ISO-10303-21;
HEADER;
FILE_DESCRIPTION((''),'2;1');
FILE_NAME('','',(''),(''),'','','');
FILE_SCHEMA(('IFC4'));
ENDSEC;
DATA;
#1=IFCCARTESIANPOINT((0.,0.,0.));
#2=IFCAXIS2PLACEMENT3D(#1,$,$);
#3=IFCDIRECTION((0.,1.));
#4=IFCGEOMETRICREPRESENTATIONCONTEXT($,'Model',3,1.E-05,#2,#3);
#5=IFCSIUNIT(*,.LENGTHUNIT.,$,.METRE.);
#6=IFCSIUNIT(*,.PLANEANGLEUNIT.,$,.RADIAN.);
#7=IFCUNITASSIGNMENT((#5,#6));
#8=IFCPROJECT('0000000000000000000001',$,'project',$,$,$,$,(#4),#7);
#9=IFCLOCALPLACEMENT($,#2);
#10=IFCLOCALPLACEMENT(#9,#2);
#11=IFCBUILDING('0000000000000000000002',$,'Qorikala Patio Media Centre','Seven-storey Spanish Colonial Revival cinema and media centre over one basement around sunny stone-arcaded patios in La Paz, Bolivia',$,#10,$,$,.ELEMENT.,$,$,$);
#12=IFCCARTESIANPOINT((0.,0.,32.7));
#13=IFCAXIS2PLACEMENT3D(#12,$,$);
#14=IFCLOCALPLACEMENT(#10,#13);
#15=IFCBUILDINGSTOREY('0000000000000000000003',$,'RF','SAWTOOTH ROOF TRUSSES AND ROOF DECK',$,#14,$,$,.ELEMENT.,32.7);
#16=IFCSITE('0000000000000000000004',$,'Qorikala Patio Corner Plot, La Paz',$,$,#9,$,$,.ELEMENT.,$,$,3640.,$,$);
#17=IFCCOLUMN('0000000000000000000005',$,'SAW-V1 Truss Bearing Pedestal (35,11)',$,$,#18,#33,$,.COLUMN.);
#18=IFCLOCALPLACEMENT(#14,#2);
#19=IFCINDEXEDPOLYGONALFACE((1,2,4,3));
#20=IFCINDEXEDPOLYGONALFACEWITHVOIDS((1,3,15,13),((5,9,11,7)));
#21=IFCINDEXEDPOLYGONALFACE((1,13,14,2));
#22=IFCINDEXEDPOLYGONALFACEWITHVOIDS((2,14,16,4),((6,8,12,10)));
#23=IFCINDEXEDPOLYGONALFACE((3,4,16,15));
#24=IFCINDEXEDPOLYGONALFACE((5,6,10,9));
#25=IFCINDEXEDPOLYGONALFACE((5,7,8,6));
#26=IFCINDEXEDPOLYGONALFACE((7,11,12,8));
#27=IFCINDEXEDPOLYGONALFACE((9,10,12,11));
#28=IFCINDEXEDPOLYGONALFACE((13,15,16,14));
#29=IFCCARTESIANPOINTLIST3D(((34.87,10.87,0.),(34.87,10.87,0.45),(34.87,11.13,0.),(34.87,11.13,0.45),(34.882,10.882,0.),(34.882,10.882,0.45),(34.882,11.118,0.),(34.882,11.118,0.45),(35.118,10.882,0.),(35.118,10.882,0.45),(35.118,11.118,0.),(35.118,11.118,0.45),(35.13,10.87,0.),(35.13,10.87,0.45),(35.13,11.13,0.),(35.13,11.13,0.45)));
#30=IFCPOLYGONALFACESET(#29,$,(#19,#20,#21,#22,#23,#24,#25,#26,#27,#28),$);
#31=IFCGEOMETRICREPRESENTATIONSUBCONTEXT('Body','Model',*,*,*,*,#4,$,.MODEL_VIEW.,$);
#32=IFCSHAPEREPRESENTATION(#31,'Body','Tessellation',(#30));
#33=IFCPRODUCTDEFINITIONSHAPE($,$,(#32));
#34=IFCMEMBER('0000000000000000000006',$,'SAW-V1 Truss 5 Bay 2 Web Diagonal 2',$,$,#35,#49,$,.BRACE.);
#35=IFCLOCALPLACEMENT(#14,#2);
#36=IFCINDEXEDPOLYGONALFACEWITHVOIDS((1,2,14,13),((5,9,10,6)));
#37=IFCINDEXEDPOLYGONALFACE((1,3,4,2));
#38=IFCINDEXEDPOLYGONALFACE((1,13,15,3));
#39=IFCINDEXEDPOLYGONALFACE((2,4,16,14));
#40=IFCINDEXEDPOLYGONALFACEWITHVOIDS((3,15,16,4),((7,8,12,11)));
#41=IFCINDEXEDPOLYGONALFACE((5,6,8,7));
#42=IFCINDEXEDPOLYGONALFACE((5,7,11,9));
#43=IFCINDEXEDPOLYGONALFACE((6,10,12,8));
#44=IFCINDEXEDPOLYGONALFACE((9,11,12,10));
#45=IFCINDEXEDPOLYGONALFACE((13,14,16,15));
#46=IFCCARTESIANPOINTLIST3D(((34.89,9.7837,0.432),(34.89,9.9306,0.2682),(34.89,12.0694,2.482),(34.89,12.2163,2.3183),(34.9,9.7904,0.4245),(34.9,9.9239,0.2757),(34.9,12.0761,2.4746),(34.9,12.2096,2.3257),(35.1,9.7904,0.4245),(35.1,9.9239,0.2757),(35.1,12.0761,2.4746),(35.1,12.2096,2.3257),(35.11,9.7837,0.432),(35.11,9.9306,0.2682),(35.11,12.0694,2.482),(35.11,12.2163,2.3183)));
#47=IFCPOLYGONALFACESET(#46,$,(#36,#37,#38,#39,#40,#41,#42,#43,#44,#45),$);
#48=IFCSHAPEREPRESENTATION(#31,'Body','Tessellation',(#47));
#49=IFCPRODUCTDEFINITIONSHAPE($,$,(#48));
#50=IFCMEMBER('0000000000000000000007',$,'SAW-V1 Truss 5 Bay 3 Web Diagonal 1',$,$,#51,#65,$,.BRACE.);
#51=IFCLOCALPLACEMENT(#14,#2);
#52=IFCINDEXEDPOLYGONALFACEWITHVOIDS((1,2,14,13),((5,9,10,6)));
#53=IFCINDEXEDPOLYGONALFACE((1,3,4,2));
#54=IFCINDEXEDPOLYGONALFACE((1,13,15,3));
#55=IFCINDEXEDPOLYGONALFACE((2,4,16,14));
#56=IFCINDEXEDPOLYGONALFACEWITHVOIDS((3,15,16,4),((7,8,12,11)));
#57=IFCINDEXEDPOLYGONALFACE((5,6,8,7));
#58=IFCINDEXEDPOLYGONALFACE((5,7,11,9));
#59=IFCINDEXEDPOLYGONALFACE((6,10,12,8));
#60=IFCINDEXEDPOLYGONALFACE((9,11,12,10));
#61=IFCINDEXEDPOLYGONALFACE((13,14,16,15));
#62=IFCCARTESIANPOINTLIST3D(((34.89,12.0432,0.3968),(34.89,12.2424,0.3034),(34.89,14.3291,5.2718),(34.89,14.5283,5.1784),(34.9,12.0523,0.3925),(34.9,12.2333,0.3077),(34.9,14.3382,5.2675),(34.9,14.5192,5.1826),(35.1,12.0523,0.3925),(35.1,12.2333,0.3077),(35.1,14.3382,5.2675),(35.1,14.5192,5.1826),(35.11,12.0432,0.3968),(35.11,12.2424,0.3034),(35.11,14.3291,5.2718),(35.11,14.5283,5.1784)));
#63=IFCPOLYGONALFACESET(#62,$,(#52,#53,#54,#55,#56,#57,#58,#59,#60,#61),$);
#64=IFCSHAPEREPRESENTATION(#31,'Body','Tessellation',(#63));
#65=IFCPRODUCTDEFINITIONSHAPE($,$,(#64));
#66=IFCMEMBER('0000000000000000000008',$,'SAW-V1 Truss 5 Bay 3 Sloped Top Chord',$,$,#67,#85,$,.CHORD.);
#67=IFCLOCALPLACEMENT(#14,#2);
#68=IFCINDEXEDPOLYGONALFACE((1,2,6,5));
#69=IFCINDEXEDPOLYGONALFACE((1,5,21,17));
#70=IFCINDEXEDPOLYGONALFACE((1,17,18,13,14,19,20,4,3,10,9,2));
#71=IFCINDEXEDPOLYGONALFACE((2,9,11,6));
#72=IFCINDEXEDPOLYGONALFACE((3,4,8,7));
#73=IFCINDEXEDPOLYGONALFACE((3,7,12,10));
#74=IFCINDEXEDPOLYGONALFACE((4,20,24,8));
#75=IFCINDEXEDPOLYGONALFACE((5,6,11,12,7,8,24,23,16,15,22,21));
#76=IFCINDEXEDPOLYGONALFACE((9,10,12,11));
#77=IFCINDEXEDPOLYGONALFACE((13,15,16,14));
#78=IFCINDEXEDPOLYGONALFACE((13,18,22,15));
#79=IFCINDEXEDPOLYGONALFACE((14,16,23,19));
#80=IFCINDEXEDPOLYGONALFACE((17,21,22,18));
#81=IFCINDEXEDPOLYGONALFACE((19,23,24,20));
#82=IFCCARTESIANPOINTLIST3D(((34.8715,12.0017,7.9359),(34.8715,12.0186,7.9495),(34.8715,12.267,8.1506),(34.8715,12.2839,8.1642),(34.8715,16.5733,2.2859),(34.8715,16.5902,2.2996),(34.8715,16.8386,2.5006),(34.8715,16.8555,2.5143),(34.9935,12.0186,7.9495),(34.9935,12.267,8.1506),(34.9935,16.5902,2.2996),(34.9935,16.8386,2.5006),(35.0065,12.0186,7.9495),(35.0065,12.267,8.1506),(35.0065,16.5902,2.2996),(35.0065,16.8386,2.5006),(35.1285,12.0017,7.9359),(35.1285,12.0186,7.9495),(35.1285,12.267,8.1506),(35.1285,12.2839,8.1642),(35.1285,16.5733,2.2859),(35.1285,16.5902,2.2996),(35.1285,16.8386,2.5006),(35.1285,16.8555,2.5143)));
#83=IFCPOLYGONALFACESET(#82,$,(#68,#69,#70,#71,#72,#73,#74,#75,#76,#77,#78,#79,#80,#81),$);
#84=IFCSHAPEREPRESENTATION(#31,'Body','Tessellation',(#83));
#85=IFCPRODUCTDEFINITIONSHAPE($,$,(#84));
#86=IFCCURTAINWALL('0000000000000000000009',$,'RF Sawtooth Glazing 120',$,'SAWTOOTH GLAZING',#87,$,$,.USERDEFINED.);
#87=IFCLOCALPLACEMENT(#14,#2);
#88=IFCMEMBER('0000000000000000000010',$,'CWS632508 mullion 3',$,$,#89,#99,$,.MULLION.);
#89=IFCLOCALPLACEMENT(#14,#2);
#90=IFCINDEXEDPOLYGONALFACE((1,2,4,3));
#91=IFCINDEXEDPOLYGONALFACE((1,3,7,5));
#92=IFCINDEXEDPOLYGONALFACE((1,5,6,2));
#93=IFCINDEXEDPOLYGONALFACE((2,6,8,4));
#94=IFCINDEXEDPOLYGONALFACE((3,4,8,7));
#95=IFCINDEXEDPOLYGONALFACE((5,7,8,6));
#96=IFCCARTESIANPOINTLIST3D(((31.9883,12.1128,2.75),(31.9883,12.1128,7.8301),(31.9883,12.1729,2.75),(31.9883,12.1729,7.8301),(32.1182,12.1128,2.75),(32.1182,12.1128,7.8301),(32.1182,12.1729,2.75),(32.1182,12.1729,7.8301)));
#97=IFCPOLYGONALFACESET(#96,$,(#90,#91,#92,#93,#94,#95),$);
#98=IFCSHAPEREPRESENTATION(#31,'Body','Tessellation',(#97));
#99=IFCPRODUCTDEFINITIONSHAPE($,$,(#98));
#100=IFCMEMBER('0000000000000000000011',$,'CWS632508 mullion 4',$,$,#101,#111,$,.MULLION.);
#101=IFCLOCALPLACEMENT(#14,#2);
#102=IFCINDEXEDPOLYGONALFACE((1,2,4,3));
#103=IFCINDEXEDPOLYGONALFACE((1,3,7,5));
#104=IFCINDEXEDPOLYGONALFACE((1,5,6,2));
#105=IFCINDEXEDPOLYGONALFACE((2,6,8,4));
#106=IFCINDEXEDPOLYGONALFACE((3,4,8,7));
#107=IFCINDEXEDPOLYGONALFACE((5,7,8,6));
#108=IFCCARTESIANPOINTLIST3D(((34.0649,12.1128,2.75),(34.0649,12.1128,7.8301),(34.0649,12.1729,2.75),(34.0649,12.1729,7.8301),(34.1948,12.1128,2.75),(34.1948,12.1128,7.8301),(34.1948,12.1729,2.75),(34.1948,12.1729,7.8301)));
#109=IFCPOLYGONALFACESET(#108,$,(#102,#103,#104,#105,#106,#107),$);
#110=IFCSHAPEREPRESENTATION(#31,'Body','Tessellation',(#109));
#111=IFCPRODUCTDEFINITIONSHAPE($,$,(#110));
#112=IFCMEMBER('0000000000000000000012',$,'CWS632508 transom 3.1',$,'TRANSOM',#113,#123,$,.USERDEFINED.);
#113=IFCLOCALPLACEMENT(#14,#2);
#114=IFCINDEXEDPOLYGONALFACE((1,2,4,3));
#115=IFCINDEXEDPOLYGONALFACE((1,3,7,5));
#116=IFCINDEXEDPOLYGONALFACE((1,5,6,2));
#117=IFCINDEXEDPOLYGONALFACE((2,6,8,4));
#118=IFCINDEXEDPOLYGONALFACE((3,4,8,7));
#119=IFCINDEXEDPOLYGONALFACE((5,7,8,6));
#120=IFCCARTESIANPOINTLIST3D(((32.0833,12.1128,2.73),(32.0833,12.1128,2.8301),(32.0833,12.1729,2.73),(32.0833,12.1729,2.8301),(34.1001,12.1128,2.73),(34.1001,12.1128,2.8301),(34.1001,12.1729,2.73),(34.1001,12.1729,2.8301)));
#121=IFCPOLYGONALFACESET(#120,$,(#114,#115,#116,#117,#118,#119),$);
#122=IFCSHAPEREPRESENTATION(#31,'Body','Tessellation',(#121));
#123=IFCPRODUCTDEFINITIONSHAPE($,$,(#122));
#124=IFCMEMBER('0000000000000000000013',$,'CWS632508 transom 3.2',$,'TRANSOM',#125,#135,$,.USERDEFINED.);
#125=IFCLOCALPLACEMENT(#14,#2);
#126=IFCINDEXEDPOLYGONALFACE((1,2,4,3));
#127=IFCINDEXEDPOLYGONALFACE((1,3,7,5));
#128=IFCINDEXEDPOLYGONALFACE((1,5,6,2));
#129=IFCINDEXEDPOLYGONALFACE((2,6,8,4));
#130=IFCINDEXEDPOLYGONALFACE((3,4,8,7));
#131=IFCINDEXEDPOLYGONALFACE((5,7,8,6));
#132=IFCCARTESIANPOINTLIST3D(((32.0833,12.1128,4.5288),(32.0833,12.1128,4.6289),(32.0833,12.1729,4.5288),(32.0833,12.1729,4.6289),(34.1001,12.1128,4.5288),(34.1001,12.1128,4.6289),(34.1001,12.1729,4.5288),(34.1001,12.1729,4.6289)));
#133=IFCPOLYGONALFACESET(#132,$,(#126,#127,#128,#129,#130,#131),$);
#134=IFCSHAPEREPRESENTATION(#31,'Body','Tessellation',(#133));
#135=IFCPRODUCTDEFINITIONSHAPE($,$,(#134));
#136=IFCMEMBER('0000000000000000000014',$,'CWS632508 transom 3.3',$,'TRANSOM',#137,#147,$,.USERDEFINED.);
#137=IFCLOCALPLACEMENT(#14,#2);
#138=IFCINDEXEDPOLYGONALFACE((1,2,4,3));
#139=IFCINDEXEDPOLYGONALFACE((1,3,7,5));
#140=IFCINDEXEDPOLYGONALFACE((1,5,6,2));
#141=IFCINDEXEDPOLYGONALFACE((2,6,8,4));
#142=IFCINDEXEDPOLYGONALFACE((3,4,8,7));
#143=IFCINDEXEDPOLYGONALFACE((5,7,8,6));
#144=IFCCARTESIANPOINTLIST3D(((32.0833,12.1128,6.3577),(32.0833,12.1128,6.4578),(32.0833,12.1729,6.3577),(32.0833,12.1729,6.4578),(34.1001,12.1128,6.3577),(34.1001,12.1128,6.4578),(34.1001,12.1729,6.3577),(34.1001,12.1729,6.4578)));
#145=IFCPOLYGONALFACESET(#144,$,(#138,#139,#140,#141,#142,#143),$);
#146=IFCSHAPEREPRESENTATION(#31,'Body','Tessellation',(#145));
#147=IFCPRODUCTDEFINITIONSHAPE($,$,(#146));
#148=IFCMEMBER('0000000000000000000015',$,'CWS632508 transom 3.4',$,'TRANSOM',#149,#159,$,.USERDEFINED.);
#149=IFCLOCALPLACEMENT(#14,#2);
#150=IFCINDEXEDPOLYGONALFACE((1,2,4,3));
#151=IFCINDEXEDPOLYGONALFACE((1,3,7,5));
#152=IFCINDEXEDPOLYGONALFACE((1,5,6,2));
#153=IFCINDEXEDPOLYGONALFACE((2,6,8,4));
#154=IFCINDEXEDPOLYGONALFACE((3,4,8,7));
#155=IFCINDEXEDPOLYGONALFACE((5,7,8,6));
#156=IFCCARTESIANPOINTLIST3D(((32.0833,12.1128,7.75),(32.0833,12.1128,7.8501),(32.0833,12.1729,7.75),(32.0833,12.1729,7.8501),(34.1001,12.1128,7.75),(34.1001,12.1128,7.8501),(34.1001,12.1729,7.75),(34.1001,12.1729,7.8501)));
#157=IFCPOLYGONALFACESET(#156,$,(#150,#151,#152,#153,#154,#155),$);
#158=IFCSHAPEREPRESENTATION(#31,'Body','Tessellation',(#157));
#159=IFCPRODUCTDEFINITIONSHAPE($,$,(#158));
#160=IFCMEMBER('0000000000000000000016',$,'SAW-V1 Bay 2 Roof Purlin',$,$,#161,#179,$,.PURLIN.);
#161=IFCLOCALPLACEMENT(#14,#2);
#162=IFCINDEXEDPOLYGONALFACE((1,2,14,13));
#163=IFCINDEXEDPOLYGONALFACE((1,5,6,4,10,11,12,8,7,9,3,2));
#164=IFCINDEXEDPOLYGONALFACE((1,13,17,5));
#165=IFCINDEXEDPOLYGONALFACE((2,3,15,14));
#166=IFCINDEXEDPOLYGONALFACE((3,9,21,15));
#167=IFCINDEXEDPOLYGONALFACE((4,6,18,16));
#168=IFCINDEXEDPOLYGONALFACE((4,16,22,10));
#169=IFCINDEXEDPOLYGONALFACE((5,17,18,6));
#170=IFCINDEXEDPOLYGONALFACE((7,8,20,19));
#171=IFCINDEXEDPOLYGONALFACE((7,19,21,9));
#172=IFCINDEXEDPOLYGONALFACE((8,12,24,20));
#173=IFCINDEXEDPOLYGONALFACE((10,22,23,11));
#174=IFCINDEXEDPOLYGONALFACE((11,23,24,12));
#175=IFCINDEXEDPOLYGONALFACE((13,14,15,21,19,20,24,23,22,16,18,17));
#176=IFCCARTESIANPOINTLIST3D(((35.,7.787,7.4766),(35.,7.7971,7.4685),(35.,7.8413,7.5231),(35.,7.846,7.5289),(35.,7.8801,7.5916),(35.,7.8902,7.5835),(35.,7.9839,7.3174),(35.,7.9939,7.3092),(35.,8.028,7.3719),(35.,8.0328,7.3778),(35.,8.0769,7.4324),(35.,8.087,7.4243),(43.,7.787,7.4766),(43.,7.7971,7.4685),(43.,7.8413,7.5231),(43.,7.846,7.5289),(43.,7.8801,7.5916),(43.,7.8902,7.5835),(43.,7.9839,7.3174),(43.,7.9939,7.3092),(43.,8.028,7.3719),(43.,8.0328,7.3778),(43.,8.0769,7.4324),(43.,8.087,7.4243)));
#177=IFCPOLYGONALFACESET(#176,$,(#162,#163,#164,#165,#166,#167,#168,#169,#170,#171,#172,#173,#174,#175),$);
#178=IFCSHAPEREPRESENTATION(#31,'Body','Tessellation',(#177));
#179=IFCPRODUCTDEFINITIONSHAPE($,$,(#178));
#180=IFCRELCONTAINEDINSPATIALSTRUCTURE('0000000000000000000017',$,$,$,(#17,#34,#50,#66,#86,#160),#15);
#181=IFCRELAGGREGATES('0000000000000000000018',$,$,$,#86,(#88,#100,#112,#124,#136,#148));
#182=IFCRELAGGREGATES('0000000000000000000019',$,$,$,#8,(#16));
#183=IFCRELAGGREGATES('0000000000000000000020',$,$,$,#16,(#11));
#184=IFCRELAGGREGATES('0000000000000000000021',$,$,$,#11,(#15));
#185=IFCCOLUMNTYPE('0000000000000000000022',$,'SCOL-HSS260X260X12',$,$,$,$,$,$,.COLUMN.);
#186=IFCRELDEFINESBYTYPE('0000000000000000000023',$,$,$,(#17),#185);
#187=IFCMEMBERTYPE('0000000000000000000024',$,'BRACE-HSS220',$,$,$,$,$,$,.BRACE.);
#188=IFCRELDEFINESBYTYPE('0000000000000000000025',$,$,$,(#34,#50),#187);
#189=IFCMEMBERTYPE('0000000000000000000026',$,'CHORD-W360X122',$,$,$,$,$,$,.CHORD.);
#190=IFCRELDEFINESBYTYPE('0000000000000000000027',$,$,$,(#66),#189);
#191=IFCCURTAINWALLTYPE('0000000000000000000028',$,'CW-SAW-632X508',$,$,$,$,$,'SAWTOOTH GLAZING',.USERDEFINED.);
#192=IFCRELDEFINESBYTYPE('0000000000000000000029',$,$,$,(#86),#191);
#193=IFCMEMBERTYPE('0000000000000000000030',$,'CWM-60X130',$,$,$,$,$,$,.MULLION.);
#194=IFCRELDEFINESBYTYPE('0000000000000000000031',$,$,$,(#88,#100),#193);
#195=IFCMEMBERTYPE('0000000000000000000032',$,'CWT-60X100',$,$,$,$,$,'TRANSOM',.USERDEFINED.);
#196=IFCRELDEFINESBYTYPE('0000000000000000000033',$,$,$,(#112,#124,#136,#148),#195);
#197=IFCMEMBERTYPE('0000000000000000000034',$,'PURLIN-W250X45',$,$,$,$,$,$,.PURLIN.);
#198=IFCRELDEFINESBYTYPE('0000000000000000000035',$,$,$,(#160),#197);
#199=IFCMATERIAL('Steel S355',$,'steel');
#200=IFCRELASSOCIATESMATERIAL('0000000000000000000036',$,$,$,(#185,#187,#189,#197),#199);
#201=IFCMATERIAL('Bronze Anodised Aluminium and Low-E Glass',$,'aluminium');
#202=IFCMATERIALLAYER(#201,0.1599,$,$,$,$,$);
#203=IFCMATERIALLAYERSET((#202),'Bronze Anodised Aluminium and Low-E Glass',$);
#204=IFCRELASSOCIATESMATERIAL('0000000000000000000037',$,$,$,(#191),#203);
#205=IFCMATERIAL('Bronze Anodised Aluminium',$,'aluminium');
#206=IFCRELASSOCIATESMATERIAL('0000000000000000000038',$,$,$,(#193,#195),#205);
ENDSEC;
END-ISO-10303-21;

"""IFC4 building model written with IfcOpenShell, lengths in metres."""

from ifc_helpers import new_model, si_unit, direction, frame, origin, origin_2d, place, context, subcontext, project, spatial, rectangle, hollow_rectangle, i_section, extrude, material, layer, layer_set, material_profile, profile_set, type_object, element, aggregate, save


model = new_model("IFC4")

# Units and contexts
model_context = context("Model", 3, precision=1e-05, world=origin(), true_north=direction((0.0, 1.0)))
body_context = subcontext(model_context, "Body", "Model", "MODEL_VIEW")
ifc_project = project(units=[si_unit("LENGTHUNIT", "METRE"), si_unit("PLANEANGLEUNIT", "RADIAN")], contexts=[model_context])

# Site, building, storey
site_placement = place(None, origin())
site = spatial("IfcSite", under=ifc_project, at=site_placement, Name="Qorikala Patio Corner Plot, La Paz", CompositionType="ELEMENT", RefElevation=3640.0)
building_placement = place(site_placement, origin())
building = spatial("IfcBuilding", under=site, at=building_placement, Name="Qorikala Patio Media Centre", Description="Seven-storey Spanish Colonial Revival cinema and media centre over one basement around sunny stone-arcaded patios in La Paz, Bolivia", CompositionType="ELEMENT")
storey_placement = place(building_placement, frame((0.0, 0.0, 32.7)))
storey = spatial("IfcBuildingStorey", under=building, at=storey_placement, Name="RF", Description="SAWTOOTH ROOF TRUSSES AND ROOF DECK", CompositionType="ELEMENT", Elevation=32.7)

# Column
ifc_material_1 = material(Name="Steel S355", Category="steel")
ifc_material_profile_1 = material_profile(ifc_material_1, hollow_rectangle(XDim=0.26, YDim=0.26, WallThickness=0.012, at=origin_2d()), Name="HSS260X260X12")
ifc_profile_set_1 = profile_set([ifc_material_profile_1], Name="Steel S355")
column_type = type_object("IfcColumnType", Name="SCOL-HSS260X260X12", PredefinedType="COLUMN", material=ifc_profile_set_1)
column_placement = place(storey_placement, frame((35.0, 11.0, 0.0), z_axis=(0.0, 0.0, 1.0), x_axis=(1.0, 0.0, 0.0)))
element("IfcColumn", 1, at=column_placement, inside=storey, type_object=column_type, Name="SAW-V1 Truss Bearing Pedestal (35,11)", PredefinedType="COLUMN", context=body_context, shape_type="SweptSolid", body=[
    extrude(hollow_rectangle(XDim=0.26, YDim=0.26, WallThickness=0.012, at=origin_2d()), origin(), (0.0, 0.0, 1.0), 0.45),
])

# Members
ifc_material_profile_2 = material_profile(ifc_material_1, hollow_rectangle(XDim=0.22, YDim=0.22, WallThickness=0.01, at=origin_2d()), Name="HSS220X220X10")
ifc_profile_set_2 = profile_set([ifc_material_profile_2], Name="Steel S355")
member_type_1 = type_object("IfcMemberType", Name="BRACE-HSS220", PredefinedType="BRACE", material=ifc_profile_set_2)
member_1_placement = place(storey_placement, frame((35.0, 9.8572, 0.3501), z_axis=(0.0, 0.744432, 0.667699), x_axis=(-1.0, 0.0, 0.0)))
element("IfcMember", 2, at=member_1_placement, inside=storey, type_object=member_type_1, Name="SAW-V1 Truss 5 Bay 2 Web Diagonal 2", PredefinedType="BRACE", context=body_context, shape_type="SweptSolid", body=[
    extrude(hollow_rectangle(XDim=0.22, YDim=0.22, WallThickness=0.01, at=origin_2d()), origin(), (0.0, 0.0, 1.0), 3.0703),
])
member_2_placement = place(storey_placement, frame((35.0, 12.1428, 0.3501), z_axis=(0.0, 0.424545, 0.905407), x_axis=(-1.0, 0.0, 0.0)))
element("IfcMember", 3, at=member_2_placement, inside=storey, type_object=member_type_1, Name="SAW-V1 Truss 5 Bay 3 Web Diagonal 1", PredefinedType="BRACE", context=body_context, shape_type="SweptSolid", body=[
    extrude(hollow_rectangle(XDim=0.22, YDim=0.22, WallThickness=0.01, at=origin_2d()), origin(), (0.0, 0.0, 1.0), 5.3843),
])
ifc_material_profile_3 = material_profile(ifc_material_1, i_section(OverallWidth=0.2571, OverallDepth=0.363, WebThickness=0.0129, FlangeThickness=0.0217, at=origin_2d()), Name="W360X122")
ifc_profile_set_3 = profile_set([ifc_material_profile_3], Name="Steel S355")
member_type_2 = type_object("IfcMemberType", Name="CHORD-W360X122", PredefinedType="CHORD", material=ifc_profile_set_3)
member_3_placement = place(storey_placement, frame((35.0, 12.1428, 8.05), z_axis=(0.0, 0.629016, -0.777393), x_axis=(-1.0, 0.0, 0.0)))
element("IfcMember", 4, at=member_3_placement, inside=storey, type_object=member_type_2, Name="SAW-V1 Truss 5 Bay 3 Sloped Top Chord", PredefinedType="CHORD", context=body_context, shape_type="SweptSolid", body=[
    extrude(i_section(OverallWidth=0.2571, OverallDepth=0.363, WebThickness=0.0129, FlangeThickness=0.0217, at=origin_2d()), origin(), (0.0, 0.0, 1.0), 7.2678),
])

# Curtain wall, members
ifc_material_2 = material(Name="Bronze Anodised Aluminium and Low-E Glass", Category="aluminium")
ifc_layer_1 = layer(ifc_material_2, 0.1599)
ifc_layer_set_1 = layer_set([ifc_layer_1], Name="Bronze Anodised Aluminium and Low-E Glass")
curtain_wall_type = type_object("IfcCurtainWallType", Name="CW-SAW-632X508", ElementType="SAWTOOTH GLAZING", PredefinedType="USERDEFINED", material=ifc_layer_set_1)
curtain_wall_placement = place(storey_placement, origin())
curtain_wall = element("IfcCurtainWall", 5, at=curtain_wall_placement, inside=storey, type_object=curtain_wall_type, Name="RF Sawtooth Glazing 120", ObjectType="SAWTOOTH GLAZING", PredefinedType="USERDEFINED")
ifc_material_3 = material(Name="Bronze Anodised Aluminium", Category="aluminium")
ifc_material_profile_4 = material_profile(ifc_material_3, rectangle(XDim=0.0601, YDim=0.1299, at=origin_2d()), Name="ALU MULLION 60x130")
ifc_profile_set_4 = profile_set([ifc_material_profile_4], Name="Bronze Anodised Aluminium")
member_type_3 = type_object("IfcMemberType", Name="CWM-60X130", PredefinedType="MULLION", material=ifc_profile_set_4)
member_4_placement = place(storey_placement, frame((32.0532, 12.1428, 2.75), z_axis=(0.0, 0.0, 1.0), x_axis=(0.0, 1.0, 0.0)))
member_4 = element("IfcMember", 6, at=member_4_placement, type_object=member_type_3, Name="CWS632508 mullion 3", PredefinedType="MULLION", context=body_context, shape_type="SweptSolid", body=[
    extrude(rectangle(XDim=0.0601, YDim=0.1299, at=origin_2d()), origin(), (0.0, 0.0, 1.0), 5.0801),
])
member_5_placement = place(storey_placement, frame((34.1299, 12.1428, 2.75), z_axis=(0.0, 0.0, 1.0), x_axis=(0.0, 1.0, 0.0)))
member_5 = element("IfcMember", 7, at=member_5_placement, type_object=member_type_3, Name="CWS632508 mullion 4", PredefinedType="MULLION", context=body_context, shape_type="SweptSolid", body=[
    extrude(rectangle(XDim=0.0601, YDim=0.1299, at=origin_2d()), origin(), (0.0, 0.0, 1.0), 5.0801),
])
ifc_material_profile_5 = material_profile(ifc_material_3, rectangle(XDim=0.0601, YDim=0.1001, at=origin_2d()), Name="ALU TRANSOM 60x100")
ifc_profile_set_5 = profile_set([ifc_material_profile_5], Name="Bronze Anodised Aluminium")
member_type_4 = type_object("IfcMemberType", Name="CWT-60X100", ElementType="TRANSOM", PredefinedType="USERDEFINED", material=ifc_profile_set_5)
member_6_placement = place(storey_placement, frame((32.0833, 12.1428, 2.78), z_axis=(1.0, 0.0, 0.0), x_axis=(0.0, 1.0, 0.0)))
member_6 = element("IfcMember", 8, at=member_6_placement, type_object=member_type_4, Name="CWS632508 transom 3.1", ObjectType="TRANSOM", PredefinedType="USERDEFINED", context=body_context, shape_type="SweptSolid", body=[
    extrude(rectangle(XDim=0.0601, YDim=0.1001, at=origin_2d()), origin(), (0.0, 0.0, 1.0), 2.0168),
])
member_7_placement = place(storey_placement, frame((32.0833, 12.1428, 4.5789), z_axis=(1.0, 0.0, 0.0), x_axis=(0.0, 1.0, 0.0)))
member_7 = element("IfcMember", 9, at=member_7_placement, type_object=member_type_4, Name="CWS632508 transom 3.2", ObjectType="TRANSOM", PredefinedType="USERDEFINED", context=body_context, shape_type="SweptSolid", body=[
    extrude(rectangle(XDim=0.0601, YDim=0.1001, at=origin_2d()), origin(), (0.0, 0.0, 1.0), 2.0168),
])
member_8_placement = place(storey_placement, frame((32.0833, 12.1428, 6.4077), z_axis=(1.0, 0.0, 0.0), x_axis=(0.0, 1.0, 0.0)))
member_8 = element("IfcMember", 10, at=member_8_placement, type_object=member_type_4, Name="CWS632508 transom 3.3", ObjectType="TRANSOM", PredefinedType="USERDEFINED", context=body_context, shape_type="SweptSolid", body=[
    extrude(rectangle(XDim=0.0601, YDim=0.1001, at=origin_2d()), origin(), (0.0, 0.0, 1.0), 2.0168),
])
member_9_placement = place(storey_placement, frame((32.0833, 12.1428, 7.8), z_axis=(1.0, 0.0, 0.0), x_axis=(0.0, 1.0, 0.0)))
member_9 = element("IfcMember", 11, at=member_9_placement, type_object=member_type_4, Name="CWS632508 transom 3.4", ObjectType="TRANSOM", PredefinedType="USERDEFINED", context=body_context, shape_type="SweptSolid", body=[
    extrude(rectangle(XDim=0.0601, YDim=0.1001, at=origin_2d()), origin(), (0.0, 0.0, 1.0), 2.0168),
])

# Member
ifc_material_profile_6 = material_profile(ifc_material_1, i_section(OverallWidth=0.1479, OverallDepth=0.2661, WebThickness=0.0076, FlangeThickness=0.0129, at=origin_2d()), Name="W250X45")
ifc_profile_set_6 = profile_set([ifc_material_profile_6], Name="Steel S355")
member_type_5 = type_object("IfcMemberType", Name="PURLIN-W250X45", PredefinedType="PURLIN", material=ifc_profile_set_6)
for number, where, z_axis, x_axis, name in (
    (12, (35.0, 7.937, 7.4504), (1.0, 0.0, 0.0), (0.0, 0.628995, 0.77741), "SAW-V1 Bay 2 Roof Purlin"),
):
    element("IfcMember", number, at=place(storey_placement, frame(where, z_axis=z_axis, x_axis=x_axis)), inside=storey, type_object=member_type_5, Name=name, PredefinedType="PURLIN", context=body_context, shape_type="SweptSolid", body=[
        extrude(i_section(OverallWidth=0.1479, OverallDepth=0.2661, WebThickness=0.0076, FlangeThickness=0.0129, at=origin_2d()), origin(), (0.0, 0.0, 1.0), 8.0),
    ])

aggregate(curtain_wall, [member_4, member_5, member_6, member_7, member_8, member_9])

save(model, "model.ifc")
